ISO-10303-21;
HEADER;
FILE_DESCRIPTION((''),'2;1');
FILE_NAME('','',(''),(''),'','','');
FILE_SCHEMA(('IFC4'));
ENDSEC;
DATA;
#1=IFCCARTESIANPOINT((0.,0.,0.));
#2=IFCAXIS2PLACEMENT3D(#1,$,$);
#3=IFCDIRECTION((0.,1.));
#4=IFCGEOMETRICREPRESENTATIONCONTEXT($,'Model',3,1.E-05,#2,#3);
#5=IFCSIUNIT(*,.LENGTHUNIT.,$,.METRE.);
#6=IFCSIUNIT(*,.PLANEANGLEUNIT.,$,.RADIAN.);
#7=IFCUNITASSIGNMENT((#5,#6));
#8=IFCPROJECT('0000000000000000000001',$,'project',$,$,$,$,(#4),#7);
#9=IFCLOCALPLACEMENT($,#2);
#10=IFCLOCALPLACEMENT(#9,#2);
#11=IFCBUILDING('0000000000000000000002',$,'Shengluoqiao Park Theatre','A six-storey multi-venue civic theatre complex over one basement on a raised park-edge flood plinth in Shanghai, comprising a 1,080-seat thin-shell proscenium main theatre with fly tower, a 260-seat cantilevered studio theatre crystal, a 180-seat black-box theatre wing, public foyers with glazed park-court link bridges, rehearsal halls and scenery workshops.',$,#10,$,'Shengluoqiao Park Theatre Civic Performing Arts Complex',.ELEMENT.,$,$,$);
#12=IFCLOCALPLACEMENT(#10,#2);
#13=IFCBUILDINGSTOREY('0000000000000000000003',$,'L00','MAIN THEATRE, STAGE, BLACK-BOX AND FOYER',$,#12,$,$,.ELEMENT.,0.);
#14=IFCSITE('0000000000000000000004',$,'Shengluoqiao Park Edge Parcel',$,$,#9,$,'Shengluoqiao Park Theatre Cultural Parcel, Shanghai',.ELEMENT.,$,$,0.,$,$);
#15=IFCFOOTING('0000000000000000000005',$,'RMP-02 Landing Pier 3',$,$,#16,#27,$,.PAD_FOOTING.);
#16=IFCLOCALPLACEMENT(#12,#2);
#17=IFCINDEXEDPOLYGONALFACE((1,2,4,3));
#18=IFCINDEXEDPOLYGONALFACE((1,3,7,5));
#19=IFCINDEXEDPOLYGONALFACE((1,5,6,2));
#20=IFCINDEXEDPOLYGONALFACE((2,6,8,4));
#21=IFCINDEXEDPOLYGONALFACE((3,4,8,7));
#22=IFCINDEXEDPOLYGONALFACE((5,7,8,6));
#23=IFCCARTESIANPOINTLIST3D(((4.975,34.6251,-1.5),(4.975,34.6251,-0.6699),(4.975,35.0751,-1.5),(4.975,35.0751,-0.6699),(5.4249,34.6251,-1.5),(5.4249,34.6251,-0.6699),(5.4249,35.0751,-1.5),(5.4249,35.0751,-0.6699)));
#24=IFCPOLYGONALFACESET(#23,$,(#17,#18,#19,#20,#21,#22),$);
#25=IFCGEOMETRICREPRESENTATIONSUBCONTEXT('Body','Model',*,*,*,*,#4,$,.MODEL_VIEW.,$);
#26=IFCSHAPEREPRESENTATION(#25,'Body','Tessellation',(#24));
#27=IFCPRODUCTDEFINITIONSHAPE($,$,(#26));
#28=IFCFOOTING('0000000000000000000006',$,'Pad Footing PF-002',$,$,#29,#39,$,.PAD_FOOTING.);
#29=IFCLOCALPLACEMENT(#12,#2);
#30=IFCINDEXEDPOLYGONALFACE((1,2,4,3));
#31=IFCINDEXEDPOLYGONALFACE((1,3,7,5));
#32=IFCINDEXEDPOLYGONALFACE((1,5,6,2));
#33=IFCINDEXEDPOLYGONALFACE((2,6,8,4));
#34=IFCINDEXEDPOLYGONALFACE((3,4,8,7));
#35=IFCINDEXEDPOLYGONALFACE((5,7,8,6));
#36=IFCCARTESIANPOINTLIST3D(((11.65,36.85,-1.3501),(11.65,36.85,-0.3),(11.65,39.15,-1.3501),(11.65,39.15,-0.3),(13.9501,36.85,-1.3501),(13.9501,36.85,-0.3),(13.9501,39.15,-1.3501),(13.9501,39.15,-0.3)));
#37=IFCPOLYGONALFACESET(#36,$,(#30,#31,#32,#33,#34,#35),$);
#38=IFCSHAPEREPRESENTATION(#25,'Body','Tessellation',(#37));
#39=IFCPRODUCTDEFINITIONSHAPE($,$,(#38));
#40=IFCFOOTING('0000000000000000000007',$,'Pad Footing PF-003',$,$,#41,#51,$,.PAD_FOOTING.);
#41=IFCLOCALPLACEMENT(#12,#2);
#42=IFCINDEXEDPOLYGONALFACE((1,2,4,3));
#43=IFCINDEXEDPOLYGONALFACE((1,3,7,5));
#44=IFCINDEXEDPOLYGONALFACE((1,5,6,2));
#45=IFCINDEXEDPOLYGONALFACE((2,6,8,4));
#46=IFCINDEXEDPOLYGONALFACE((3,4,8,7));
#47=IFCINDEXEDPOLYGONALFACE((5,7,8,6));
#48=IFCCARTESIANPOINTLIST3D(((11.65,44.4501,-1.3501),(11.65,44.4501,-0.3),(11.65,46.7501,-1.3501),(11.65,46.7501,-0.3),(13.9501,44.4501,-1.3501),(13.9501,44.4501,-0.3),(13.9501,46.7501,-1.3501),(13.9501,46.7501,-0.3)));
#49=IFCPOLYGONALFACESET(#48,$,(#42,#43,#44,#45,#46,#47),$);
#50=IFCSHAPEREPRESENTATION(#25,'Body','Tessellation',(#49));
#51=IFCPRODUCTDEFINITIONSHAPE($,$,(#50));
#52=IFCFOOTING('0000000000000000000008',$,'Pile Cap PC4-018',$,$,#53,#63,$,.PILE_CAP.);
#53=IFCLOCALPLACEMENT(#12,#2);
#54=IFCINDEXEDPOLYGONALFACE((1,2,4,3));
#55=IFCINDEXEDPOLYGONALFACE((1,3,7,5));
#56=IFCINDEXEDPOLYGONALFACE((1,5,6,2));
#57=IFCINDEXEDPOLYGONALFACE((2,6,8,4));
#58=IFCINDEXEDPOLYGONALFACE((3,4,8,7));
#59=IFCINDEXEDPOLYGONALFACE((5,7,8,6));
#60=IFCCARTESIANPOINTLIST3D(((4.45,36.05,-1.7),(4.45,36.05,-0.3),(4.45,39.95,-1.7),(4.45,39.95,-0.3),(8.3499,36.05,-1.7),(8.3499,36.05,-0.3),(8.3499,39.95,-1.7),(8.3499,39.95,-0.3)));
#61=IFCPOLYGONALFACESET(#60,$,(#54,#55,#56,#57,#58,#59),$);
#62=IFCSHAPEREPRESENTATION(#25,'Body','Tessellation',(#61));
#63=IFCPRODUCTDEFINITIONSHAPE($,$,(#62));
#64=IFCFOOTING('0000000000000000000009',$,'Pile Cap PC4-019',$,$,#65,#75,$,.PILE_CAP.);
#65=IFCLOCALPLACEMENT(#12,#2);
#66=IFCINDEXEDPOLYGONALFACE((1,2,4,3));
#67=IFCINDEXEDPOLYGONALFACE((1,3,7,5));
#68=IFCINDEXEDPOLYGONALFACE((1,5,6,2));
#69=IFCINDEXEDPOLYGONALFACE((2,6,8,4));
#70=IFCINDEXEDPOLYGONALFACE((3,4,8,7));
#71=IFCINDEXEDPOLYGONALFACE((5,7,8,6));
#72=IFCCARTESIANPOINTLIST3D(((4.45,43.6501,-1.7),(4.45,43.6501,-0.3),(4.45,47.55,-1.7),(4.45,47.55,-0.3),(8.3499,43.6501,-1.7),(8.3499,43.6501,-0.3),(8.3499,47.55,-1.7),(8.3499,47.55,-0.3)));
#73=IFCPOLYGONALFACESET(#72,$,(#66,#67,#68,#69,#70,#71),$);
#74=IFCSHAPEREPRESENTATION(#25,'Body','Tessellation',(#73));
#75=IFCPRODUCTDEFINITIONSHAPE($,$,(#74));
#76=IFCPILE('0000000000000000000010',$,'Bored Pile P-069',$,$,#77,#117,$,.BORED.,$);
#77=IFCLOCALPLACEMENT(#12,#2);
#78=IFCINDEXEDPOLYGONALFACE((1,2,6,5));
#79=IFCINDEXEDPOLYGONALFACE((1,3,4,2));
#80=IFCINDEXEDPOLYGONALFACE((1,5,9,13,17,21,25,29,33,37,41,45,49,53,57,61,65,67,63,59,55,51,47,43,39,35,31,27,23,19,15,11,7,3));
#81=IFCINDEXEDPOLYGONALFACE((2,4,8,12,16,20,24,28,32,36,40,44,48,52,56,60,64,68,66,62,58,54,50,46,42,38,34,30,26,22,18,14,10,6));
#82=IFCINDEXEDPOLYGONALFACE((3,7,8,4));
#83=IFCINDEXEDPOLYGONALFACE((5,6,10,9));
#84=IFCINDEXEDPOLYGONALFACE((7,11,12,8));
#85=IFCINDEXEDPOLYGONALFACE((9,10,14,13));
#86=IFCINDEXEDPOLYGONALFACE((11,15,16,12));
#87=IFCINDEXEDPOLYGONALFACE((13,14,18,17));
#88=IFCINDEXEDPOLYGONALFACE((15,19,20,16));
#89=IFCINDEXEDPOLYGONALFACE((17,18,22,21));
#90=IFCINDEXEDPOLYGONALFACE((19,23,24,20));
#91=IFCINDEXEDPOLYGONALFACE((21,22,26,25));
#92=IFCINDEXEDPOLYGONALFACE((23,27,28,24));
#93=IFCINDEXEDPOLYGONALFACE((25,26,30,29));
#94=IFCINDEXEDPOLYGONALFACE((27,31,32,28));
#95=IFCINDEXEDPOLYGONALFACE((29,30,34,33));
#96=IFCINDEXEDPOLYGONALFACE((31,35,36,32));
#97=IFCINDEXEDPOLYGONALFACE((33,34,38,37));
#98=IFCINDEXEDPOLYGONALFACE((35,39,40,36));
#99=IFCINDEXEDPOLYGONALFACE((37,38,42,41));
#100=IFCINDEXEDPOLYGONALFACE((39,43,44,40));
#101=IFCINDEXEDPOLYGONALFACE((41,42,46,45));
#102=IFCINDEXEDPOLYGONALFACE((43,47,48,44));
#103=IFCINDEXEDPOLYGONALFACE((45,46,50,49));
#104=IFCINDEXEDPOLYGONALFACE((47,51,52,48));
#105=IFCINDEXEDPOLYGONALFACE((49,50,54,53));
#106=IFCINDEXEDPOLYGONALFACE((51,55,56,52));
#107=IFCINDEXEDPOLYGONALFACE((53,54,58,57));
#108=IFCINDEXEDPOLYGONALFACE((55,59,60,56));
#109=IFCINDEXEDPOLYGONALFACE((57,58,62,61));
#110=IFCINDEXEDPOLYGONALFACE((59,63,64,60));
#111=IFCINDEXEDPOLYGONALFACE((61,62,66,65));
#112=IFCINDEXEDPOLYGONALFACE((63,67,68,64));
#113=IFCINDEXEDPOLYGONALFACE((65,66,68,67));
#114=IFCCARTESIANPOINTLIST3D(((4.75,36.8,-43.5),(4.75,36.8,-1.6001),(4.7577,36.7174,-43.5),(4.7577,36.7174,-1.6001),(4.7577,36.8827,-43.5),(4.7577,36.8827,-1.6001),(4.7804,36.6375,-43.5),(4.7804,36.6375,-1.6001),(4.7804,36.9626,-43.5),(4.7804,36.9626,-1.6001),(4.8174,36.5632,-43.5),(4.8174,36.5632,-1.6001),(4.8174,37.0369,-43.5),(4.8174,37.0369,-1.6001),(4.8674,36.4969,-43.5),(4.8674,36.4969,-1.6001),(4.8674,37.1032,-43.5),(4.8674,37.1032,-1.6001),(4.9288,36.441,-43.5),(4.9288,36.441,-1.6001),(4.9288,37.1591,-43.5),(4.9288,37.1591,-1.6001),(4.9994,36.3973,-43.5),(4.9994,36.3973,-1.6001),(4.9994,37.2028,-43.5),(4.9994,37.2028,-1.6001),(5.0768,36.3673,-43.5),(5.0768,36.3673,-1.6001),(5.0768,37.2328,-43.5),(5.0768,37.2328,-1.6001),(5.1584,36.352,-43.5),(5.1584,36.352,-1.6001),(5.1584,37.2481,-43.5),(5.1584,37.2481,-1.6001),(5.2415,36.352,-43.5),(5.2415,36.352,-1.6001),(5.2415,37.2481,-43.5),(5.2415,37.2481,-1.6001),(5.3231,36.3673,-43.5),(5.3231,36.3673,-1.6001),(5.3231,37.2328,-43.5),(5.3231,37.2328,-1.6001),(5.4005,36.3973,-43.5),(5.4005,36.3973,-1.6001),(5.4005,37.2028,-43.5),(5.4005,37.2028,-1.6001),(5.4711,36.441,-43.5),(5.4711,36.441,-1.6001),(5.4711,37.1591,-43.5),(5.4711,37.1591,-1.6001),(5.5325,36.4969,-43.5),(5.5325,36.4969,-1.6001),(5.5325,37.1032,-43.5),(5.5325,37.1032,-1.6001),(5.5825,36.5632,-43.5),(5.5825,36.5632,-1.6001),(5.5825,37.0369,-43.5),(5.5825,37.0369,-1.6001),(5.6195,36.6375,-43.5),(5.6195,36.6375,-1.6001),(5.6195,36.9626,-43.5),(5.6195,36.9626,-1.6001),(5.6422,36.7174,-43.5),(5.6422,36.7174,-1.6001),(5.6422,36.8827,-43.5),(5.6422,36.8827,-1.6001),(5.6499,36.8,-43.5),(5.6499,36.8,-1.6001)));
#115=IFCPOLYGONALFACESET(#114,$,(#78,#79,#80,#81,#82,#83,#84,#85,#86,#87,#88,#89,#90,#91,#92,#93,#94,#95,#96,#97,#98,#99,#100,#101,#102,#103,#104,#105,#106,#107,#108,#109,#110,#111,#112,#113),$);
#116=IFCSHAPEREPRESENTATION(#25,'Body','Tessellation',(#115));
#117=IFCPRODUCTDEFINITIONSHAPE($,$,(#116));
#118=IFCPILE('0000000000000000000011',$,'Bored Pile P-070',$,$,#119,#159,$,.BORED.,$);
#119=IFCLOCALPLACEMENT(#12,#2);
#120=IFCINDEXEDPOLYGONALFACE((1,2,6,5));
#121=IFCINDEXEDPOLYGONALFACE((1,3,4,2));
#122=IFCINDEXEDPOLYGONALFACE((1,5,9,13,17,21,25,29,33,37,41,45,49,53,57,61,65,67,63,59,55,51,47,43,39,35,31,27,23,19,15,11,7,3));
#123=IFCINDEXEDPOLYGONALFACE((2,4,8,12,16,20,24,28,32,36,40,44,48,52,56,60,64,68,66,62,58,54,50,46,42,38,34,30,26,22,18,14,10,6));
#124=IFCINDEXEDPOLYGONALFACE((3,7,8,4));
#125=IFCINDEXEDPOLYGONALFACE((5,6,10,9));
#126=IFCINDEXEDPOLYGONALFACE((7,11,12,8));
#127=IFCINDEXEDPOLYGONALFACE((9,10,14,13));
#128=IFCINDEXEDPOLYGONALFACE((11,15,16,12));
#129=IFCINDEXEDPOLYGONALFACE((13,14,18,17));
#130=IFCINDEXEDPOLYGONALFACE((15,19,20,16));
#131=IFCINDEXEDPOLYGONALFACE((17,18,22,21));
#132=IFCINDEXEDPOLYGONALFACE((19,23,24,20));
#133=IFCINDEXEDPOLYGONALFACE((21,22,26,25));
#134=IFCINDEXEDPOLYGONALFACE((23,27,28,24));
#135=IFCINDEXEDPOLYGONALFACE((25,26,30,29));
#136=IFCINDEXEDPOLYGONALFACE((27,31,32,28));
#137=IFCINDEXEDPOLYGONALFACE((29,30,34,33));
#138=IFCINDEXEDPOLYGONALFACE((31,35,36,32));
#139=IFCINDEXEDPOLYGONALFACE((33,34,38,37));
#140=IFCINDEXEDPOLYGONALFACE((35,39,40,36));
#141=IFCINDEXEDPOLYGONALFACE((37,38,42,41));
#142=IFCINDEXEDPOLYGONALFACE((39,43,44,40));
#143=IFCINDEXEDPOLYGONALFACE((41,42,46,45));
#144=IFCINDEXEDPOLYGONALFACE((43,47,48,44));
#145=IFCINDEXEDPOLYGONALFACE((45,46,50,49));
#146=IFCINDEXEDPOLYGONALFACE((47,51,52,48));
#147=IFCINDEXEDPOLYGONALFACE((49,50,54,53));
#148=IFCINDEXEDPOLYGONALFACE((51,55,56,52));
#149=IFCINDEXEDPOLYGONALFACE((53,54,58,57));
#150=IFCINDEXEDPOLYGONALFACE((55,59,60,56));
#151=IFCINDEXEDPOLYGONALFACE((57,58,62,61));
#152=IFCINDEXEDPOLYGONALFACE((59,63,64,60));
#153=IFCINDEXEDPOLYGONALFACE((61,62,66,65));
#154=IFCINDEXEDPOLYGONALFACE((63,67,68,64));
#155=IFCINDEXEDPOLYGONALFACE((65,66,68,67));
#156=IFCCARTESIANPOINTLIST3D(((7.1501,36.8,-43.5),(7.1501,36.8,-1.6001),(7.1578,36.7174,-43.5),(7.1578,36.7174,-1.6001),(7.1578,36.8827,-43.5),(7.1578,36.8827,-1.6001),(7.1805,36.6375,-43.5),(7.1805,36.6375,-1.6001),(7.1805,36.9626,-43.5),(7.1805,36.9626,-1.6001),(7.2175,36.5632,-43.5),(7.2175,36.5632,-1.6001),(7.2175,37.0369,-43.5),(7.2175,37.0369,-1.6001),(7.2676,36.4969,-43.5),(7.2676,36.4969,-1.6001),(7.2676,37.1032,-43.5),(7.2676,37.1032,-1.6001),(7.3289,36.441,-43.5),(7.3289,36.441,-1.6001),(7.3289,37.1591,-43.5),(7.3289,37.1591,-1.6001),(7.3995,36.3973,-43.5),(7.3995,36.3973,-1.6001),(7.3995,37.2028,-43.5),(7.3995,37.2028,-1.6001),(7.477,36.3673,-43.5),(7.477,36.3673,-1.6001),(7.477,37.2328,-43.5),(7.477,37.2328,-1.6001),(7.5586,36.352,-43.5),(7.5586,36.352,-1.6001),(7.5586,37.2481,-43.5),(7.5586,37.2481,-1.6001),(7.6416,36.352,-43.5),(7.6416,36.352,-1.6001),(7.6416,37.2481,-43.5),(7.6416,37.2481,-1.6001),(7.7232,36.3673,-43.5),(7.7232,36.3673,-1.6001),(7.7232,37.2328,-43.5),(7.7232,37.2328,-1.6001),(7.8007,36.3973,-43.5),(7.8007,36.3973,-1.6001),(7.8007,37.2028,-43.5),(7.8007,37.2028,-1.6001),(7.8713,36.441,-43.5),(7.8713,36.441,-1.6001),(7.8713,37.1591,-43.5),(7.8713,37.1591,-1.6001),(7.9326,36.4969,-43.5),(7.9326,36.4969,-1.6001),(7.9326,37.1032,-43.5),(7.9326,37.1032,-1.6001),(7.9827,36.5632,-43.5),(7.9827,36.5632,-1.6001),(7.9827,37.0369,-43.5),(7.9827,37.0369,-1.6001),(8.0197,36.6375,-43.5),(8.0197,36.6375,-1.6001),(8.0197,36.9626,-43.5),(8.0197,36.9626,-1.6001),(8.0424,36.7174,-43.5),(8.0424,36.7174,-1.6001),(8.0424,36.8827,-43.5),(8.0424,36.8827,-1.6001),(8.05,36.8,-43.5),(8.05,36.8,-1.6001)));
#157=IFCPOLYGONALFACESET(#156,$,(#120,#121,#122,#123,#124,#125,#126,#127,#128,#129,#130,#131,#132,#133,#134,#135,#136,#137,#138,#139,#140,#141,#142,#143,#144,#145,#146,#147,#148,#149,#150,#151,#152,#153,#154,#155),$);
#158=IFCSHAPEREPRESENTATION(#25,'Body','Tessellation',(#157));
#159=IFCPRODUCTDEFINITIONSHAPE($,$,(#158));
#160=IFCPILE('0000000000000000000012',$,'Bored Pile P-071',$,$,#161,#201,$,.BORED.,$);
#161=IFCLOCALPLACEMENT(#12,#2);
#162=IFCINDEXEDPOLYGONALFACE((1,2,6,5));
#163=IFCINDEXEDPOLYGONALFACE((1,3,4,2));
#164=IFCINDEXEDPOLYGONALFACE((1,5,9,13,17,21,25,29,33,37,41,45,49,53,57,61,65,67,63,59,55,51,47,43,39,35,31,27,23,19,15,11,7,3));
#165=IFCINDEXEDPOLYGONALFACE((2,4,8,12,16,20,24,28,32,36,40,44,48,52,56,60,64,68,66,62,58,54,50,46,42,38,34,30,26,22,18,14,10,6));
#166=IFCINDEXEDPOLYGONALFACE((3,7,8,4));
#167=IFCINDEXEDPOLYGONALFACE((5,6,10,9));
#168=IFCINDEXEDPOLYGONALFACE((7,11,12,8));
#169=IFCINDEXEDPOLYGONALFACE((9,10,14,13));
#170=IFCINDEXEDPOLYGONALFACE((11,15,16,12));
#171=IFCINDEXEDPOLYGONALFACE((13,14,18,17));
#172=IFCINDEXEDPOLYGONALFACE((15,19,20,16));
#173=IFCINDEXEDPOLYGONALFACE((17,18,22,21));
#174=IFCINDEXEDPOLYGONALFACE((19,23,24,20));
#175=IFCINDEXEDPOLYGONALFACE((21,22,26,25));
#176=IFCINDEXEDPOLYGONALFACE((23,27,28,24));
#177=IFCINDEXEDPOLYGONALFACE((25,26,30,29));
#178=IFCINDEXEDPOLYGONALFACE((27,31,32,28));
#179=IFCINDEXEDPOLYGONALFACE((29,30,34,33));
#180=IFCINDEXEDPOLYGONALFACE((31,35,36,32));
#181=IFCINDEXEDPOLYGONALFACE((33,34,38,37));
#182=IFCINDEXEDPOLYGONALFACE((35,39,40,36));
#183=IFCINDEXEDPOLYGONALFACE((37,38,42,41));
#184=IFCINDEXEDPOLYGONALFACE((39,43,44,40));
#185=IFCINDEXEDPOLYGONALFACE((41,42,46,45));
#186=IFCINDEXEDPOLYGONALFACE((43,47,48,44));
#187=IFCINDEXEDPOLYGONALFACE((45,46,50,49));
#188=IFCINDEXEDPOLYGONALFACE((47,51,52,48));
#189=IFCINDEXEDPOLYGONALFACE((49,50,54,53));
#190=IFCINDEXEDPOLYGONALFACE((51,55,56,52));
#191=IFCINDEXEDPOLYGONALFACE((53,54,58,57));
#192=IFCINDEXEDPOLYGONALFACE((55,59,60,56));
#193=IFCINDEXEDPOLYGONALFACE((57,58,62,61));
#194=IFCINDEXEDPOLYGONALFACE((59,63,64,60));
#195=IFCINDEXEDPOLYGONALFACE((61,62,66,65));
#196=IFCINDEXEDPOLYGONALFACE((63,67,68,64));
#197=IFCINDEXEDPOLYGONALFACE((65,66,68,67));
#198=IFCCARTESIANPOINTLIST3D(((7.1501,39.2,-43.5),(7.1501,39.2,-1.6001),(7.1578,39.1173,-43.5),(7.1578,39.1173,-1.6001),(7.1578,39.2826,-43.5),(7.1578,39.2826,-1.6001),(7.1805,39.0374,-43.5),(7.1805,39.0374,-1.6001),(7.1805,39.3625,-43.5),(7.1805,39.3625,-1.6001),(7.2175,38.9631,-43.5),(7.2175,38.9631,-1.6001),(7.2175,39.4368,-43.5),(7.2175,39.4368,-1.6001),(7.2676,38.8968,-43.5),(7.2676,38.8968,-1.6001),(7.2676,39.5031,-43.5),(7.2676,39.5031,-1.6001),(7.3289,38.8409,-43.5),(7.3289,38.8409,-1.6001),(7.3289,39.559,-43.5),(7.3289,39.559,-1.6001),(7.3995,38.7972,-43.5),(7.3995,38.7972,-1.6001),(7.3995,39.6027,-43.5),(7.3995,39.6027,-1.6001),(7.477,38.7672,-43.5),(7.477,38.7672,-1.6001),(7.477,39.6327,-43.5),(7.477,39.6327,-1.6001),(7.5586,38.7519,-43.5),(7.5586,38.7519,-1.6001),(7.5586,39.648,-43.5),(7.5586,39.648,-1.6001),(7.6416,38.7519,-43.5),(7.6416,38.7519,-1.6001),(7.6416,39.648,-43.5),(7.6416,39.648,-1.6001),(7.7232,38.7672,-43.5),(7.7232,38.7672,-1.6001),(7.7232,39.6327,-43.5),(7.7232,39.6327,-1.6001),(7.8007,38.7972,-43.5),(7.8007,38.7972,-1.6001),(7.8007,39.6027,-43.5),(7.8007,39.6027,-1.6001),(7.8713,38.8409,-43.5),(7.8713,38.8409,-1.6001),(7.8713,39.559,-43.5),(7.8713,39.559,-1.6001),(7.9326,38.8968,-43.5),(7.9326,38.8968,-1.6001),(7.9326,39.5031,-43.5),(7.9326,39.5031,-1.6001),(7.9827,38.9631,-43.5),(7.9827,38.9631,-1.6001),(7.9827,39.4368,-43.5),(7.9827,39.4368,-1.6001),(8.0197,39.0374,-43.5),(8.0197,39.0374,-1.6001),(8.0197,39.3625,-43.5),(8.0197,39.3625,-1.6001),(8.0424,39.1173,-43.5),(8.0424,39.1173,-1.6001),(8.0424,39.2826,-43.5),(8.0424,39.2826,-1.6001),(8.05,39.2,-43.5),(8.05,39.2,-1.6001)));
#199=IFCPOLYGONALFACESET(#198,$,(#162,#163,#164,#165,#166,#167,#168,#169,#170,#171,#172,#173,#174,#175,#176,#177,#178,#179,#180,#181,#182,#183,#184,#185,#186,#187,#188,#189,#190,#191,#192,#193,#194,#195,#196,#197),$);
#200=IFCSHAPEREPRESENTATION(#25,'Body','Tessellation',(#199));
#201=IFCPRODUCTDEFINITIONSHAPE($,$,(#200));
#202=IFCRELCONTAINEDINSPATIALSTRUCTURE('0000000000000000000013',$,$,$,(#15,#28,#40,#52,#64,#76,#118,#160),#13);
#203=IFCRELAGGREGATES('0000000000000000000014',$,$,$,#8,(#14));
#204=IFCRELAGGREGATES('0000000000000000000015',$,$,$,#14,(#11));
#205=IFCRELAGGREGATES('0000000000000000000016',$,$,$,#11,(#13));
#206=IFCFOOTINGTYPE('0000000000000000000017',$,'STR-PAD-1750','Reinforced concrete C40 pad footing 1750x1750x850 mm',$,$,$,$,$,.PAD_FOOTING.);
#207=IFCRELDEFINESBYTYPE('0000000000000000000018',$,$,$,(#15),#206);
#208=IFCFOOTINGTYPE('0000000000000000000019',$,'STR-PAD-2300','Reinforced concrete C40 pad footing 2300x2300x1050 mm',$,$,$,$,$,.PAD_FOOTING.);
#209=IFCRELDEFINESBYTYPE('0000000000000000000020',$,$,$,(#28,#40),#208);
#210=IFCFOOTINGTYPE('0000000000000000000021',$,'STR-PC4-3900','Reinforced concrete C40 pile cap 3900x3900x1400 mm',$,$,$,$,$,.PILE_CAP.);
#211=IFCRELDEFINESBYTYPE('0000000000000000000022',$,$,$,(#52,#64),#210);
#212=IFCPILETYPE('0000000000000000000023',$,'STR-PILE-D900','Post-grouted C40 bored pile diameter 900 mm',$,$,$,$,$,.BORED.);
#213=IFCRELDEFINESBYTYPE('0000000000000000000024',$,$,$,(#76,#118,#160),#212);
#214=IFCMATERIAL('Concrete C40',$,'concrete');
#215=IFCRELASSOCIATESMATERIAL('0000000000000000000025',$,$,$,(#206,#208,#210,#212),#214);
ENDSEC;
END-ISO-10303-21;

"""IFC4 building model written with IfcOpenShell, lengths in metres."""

from ifc_helpers import new_model, si_unit, direction, frame, origin, origin_2d, place, context, subcontext, project, spatial, rectangle, circle, extrude, material, material_profile, profile_set, type_object, element, save


model = new_model("IFC4")

# Units and contexts
model_context = context("Model", 3, precision=1e-05, world=origin(), true_north=direction((0.0, 1.0)))
body_context = subcontext(model_context, "Body", "Model", "MODEL_VIEW")
ifc_project = project(units=[si_unit("LENGTHUNIT", "METRE"), si_unit("PLANEANGLEUNIT", "RADIAN")], contexts=[model_context])

# Site, building, storey
site_placement = place(None, origin())
site = spatial("IfcSite", under=ifc_project, at=site_placement, Name="Shengluoqiao Park Edge Parcel", LongName="Shengluoqiao Park Theatre Cultural Parcel, Shanghai", CompositionType="ELEMENT", RefElevation=0.0)
building_placement = place(site_placement, origin())
building = spatial("IfcBuilding", under=site, at=building_placement, Name="Shengluoqiao Park Theatre", Description="A six-storey multi-venue civic theatre complex over one basement on a raised park-edge flood plinth in Shanghai, comprising a 1,080-seat thin-shell proscenium main theatre with fly tower, a 260-seat cantilevered studio theatre crystal, a 180-seat black-box theatre wing, public foyers with glazed park-court link bridges, rehearsal halls and scenery workshops.", LongName="Shengluoqiao Park Theatre Civic Performing Arts Complex", CompositionType="ELEMENT")
storey_placement = place(building_placement, origin())
storey = spatial("IfcBuildingStorey", under=building, at=storey_placement, Name="L00", Description="MAIN THEATRE, STAGE, BLACK-BOX AND FOYER", CompositionType="ELEMENT", Elevation=0.0)

# Footings
ifc_material_1 = material(Name="Concrete C40", Category="concrete")
footing_type_1 = type_object("IfcFootingType", Name="STR-PAD-1750", Description="Reinforced concrete C40 pad footing 1750x1750x850 mm", PredefinedType="PAD_FOOTING", material=ifc_material_1)
footing_1_placement = place(storey_placement, frame((5.2, 34.8501, -1.5), z_axis=(0.0, 0.0, 1.0), x_axis=(1.0, 0.0, 0.0)))
element("IfcFooting", 1, at=footing_1_placement, inside=storey, type_object=footing_type_1, Name="RMP-02 Landing Pier 3", PredefinedType="PAD_FOOTING", context=body_context, shape_type="SweptSolid", body=[
    extrude(rectangle(XDim=0.45, YDim=0.45, at=origin_2d()), origin(), (0.0, 0.0, 1.0), 0.8301),
])
footing_type_2 = type_object("IfcFootingType", Name="STR-PAD-2300", Description="Reinforced concrete C40 pad footing 2300x2300x1050 mm", PredefinedType="PAD_FOOTING", material=ifc_material_1)
for number, where, z_axis, x_axis, name in (
    (2, (12.8, 38.0, -1.3501), (0.0, 0.0, 1.0), (1.0, 0.0, 0.0), "Pad Footing PF-002"),
    (3, (12.8, 45.6001, -1.3501), (0.0, 0.0, 1.0), (1.0, 0.0, 0.0), "Pad Footing PF-003"),
):
    element("IfcFooting", number, at=place(storey_placement, frame(where, z_axis=z_axis, x_axis=x_axis)), inside=storey, type_object=footing_type_2, Name=name, PredefinedType="PAD_FOOTING", context=body_context, shape_type="SweptSolid", body=[
        extrude(rectangle(XDim=2.3, YDim=2.3, at=origin_2d()), origin(), (0.0, 0.0, 1.0), 1.05),
    ])
footing_type_3 = type_object("IfcFootingType", Name="STR-PC4-3900", Description="Reinforced concrete C40 pile cap 3900x3900x1400 mm", PredefinedType="PILE_CAP", material=ifc_material_1)
for number, where, z_axis, x_axis, name in (
    (4, (6.3999, 38.0, -1.7), (0.0, 0.0, 1.0), (1.0, 0.0, 0.0), "Pile Cap PC4-018"),
    (5, (6.3999, 45.6001, -1.7), (0.0, 0.0, 1.0), (1.0, 0.0, 0.0), "Pile Cap PC4-019"),
):
    element("IfcFooting", number, at=place(storey_placement, frame(where, z_axis=z_axis, x_axis=x_axis)), inside=storey, type_object=footing_type_3, Name=name, PredefinedType="PILE_CAP", context=body_context, shape_type="SweptSolid", body=[
        extrude(rectangle(XDim=3.8999, YDim=3.8999, at=origin_2d()), origin(), (0.0, 0.0, 1.0), 1.3999),
    ])

# Piles
ifc_material_profile_1 = material_profile(ifc_material_1, circle(Radius=0.45, at=origin_2d()), Name="BORED PILE D900")
ifc_profile_set_1 = profile_set([ifc_material_profile_1], Name="Concrete C40")
pile_type = type_object("IfcPileType", Name="STR-PILE-D900", Description="Post-grouted C40 bored pile diameter 900 mm", PredefinedType="BORED", material=ifc_profile_set_1)
for number, where, z_axis, x_axis, name in (
    (6, (5.2, 36.8, -1.6001), (0.0, 0.0, -1.0), (1.0, 0.0, 0.0), "Bored Pile P-069"),
    (7, (7.6001, 36.8, -1.6001), (0.0, 0.0, -1.0), (1.0, 0.0, 0.0), "Bored Pile P-070"),
    (8, (7.6001, 39.2, -1.6001), (0.0, 0.0, -1.0), (1.0, 0.0, 0.0), "Bored Pile P-071"),
):
    element("IfcPile", number, at=place(storey_placement, frame(where, z_axis=z_axis, x_axis=x_axis)), inside=storey, type_object=pile_type, Name=name, PredefinedType="BORED", context=body_context, shape_type="SweptSolid", body=[
        extrude(circle(Radius=0.45, at=origin_2d()), origin(), (0.0, 0.0, 1.0), 41.8999),
    ])

save(model, "model.ifc")
